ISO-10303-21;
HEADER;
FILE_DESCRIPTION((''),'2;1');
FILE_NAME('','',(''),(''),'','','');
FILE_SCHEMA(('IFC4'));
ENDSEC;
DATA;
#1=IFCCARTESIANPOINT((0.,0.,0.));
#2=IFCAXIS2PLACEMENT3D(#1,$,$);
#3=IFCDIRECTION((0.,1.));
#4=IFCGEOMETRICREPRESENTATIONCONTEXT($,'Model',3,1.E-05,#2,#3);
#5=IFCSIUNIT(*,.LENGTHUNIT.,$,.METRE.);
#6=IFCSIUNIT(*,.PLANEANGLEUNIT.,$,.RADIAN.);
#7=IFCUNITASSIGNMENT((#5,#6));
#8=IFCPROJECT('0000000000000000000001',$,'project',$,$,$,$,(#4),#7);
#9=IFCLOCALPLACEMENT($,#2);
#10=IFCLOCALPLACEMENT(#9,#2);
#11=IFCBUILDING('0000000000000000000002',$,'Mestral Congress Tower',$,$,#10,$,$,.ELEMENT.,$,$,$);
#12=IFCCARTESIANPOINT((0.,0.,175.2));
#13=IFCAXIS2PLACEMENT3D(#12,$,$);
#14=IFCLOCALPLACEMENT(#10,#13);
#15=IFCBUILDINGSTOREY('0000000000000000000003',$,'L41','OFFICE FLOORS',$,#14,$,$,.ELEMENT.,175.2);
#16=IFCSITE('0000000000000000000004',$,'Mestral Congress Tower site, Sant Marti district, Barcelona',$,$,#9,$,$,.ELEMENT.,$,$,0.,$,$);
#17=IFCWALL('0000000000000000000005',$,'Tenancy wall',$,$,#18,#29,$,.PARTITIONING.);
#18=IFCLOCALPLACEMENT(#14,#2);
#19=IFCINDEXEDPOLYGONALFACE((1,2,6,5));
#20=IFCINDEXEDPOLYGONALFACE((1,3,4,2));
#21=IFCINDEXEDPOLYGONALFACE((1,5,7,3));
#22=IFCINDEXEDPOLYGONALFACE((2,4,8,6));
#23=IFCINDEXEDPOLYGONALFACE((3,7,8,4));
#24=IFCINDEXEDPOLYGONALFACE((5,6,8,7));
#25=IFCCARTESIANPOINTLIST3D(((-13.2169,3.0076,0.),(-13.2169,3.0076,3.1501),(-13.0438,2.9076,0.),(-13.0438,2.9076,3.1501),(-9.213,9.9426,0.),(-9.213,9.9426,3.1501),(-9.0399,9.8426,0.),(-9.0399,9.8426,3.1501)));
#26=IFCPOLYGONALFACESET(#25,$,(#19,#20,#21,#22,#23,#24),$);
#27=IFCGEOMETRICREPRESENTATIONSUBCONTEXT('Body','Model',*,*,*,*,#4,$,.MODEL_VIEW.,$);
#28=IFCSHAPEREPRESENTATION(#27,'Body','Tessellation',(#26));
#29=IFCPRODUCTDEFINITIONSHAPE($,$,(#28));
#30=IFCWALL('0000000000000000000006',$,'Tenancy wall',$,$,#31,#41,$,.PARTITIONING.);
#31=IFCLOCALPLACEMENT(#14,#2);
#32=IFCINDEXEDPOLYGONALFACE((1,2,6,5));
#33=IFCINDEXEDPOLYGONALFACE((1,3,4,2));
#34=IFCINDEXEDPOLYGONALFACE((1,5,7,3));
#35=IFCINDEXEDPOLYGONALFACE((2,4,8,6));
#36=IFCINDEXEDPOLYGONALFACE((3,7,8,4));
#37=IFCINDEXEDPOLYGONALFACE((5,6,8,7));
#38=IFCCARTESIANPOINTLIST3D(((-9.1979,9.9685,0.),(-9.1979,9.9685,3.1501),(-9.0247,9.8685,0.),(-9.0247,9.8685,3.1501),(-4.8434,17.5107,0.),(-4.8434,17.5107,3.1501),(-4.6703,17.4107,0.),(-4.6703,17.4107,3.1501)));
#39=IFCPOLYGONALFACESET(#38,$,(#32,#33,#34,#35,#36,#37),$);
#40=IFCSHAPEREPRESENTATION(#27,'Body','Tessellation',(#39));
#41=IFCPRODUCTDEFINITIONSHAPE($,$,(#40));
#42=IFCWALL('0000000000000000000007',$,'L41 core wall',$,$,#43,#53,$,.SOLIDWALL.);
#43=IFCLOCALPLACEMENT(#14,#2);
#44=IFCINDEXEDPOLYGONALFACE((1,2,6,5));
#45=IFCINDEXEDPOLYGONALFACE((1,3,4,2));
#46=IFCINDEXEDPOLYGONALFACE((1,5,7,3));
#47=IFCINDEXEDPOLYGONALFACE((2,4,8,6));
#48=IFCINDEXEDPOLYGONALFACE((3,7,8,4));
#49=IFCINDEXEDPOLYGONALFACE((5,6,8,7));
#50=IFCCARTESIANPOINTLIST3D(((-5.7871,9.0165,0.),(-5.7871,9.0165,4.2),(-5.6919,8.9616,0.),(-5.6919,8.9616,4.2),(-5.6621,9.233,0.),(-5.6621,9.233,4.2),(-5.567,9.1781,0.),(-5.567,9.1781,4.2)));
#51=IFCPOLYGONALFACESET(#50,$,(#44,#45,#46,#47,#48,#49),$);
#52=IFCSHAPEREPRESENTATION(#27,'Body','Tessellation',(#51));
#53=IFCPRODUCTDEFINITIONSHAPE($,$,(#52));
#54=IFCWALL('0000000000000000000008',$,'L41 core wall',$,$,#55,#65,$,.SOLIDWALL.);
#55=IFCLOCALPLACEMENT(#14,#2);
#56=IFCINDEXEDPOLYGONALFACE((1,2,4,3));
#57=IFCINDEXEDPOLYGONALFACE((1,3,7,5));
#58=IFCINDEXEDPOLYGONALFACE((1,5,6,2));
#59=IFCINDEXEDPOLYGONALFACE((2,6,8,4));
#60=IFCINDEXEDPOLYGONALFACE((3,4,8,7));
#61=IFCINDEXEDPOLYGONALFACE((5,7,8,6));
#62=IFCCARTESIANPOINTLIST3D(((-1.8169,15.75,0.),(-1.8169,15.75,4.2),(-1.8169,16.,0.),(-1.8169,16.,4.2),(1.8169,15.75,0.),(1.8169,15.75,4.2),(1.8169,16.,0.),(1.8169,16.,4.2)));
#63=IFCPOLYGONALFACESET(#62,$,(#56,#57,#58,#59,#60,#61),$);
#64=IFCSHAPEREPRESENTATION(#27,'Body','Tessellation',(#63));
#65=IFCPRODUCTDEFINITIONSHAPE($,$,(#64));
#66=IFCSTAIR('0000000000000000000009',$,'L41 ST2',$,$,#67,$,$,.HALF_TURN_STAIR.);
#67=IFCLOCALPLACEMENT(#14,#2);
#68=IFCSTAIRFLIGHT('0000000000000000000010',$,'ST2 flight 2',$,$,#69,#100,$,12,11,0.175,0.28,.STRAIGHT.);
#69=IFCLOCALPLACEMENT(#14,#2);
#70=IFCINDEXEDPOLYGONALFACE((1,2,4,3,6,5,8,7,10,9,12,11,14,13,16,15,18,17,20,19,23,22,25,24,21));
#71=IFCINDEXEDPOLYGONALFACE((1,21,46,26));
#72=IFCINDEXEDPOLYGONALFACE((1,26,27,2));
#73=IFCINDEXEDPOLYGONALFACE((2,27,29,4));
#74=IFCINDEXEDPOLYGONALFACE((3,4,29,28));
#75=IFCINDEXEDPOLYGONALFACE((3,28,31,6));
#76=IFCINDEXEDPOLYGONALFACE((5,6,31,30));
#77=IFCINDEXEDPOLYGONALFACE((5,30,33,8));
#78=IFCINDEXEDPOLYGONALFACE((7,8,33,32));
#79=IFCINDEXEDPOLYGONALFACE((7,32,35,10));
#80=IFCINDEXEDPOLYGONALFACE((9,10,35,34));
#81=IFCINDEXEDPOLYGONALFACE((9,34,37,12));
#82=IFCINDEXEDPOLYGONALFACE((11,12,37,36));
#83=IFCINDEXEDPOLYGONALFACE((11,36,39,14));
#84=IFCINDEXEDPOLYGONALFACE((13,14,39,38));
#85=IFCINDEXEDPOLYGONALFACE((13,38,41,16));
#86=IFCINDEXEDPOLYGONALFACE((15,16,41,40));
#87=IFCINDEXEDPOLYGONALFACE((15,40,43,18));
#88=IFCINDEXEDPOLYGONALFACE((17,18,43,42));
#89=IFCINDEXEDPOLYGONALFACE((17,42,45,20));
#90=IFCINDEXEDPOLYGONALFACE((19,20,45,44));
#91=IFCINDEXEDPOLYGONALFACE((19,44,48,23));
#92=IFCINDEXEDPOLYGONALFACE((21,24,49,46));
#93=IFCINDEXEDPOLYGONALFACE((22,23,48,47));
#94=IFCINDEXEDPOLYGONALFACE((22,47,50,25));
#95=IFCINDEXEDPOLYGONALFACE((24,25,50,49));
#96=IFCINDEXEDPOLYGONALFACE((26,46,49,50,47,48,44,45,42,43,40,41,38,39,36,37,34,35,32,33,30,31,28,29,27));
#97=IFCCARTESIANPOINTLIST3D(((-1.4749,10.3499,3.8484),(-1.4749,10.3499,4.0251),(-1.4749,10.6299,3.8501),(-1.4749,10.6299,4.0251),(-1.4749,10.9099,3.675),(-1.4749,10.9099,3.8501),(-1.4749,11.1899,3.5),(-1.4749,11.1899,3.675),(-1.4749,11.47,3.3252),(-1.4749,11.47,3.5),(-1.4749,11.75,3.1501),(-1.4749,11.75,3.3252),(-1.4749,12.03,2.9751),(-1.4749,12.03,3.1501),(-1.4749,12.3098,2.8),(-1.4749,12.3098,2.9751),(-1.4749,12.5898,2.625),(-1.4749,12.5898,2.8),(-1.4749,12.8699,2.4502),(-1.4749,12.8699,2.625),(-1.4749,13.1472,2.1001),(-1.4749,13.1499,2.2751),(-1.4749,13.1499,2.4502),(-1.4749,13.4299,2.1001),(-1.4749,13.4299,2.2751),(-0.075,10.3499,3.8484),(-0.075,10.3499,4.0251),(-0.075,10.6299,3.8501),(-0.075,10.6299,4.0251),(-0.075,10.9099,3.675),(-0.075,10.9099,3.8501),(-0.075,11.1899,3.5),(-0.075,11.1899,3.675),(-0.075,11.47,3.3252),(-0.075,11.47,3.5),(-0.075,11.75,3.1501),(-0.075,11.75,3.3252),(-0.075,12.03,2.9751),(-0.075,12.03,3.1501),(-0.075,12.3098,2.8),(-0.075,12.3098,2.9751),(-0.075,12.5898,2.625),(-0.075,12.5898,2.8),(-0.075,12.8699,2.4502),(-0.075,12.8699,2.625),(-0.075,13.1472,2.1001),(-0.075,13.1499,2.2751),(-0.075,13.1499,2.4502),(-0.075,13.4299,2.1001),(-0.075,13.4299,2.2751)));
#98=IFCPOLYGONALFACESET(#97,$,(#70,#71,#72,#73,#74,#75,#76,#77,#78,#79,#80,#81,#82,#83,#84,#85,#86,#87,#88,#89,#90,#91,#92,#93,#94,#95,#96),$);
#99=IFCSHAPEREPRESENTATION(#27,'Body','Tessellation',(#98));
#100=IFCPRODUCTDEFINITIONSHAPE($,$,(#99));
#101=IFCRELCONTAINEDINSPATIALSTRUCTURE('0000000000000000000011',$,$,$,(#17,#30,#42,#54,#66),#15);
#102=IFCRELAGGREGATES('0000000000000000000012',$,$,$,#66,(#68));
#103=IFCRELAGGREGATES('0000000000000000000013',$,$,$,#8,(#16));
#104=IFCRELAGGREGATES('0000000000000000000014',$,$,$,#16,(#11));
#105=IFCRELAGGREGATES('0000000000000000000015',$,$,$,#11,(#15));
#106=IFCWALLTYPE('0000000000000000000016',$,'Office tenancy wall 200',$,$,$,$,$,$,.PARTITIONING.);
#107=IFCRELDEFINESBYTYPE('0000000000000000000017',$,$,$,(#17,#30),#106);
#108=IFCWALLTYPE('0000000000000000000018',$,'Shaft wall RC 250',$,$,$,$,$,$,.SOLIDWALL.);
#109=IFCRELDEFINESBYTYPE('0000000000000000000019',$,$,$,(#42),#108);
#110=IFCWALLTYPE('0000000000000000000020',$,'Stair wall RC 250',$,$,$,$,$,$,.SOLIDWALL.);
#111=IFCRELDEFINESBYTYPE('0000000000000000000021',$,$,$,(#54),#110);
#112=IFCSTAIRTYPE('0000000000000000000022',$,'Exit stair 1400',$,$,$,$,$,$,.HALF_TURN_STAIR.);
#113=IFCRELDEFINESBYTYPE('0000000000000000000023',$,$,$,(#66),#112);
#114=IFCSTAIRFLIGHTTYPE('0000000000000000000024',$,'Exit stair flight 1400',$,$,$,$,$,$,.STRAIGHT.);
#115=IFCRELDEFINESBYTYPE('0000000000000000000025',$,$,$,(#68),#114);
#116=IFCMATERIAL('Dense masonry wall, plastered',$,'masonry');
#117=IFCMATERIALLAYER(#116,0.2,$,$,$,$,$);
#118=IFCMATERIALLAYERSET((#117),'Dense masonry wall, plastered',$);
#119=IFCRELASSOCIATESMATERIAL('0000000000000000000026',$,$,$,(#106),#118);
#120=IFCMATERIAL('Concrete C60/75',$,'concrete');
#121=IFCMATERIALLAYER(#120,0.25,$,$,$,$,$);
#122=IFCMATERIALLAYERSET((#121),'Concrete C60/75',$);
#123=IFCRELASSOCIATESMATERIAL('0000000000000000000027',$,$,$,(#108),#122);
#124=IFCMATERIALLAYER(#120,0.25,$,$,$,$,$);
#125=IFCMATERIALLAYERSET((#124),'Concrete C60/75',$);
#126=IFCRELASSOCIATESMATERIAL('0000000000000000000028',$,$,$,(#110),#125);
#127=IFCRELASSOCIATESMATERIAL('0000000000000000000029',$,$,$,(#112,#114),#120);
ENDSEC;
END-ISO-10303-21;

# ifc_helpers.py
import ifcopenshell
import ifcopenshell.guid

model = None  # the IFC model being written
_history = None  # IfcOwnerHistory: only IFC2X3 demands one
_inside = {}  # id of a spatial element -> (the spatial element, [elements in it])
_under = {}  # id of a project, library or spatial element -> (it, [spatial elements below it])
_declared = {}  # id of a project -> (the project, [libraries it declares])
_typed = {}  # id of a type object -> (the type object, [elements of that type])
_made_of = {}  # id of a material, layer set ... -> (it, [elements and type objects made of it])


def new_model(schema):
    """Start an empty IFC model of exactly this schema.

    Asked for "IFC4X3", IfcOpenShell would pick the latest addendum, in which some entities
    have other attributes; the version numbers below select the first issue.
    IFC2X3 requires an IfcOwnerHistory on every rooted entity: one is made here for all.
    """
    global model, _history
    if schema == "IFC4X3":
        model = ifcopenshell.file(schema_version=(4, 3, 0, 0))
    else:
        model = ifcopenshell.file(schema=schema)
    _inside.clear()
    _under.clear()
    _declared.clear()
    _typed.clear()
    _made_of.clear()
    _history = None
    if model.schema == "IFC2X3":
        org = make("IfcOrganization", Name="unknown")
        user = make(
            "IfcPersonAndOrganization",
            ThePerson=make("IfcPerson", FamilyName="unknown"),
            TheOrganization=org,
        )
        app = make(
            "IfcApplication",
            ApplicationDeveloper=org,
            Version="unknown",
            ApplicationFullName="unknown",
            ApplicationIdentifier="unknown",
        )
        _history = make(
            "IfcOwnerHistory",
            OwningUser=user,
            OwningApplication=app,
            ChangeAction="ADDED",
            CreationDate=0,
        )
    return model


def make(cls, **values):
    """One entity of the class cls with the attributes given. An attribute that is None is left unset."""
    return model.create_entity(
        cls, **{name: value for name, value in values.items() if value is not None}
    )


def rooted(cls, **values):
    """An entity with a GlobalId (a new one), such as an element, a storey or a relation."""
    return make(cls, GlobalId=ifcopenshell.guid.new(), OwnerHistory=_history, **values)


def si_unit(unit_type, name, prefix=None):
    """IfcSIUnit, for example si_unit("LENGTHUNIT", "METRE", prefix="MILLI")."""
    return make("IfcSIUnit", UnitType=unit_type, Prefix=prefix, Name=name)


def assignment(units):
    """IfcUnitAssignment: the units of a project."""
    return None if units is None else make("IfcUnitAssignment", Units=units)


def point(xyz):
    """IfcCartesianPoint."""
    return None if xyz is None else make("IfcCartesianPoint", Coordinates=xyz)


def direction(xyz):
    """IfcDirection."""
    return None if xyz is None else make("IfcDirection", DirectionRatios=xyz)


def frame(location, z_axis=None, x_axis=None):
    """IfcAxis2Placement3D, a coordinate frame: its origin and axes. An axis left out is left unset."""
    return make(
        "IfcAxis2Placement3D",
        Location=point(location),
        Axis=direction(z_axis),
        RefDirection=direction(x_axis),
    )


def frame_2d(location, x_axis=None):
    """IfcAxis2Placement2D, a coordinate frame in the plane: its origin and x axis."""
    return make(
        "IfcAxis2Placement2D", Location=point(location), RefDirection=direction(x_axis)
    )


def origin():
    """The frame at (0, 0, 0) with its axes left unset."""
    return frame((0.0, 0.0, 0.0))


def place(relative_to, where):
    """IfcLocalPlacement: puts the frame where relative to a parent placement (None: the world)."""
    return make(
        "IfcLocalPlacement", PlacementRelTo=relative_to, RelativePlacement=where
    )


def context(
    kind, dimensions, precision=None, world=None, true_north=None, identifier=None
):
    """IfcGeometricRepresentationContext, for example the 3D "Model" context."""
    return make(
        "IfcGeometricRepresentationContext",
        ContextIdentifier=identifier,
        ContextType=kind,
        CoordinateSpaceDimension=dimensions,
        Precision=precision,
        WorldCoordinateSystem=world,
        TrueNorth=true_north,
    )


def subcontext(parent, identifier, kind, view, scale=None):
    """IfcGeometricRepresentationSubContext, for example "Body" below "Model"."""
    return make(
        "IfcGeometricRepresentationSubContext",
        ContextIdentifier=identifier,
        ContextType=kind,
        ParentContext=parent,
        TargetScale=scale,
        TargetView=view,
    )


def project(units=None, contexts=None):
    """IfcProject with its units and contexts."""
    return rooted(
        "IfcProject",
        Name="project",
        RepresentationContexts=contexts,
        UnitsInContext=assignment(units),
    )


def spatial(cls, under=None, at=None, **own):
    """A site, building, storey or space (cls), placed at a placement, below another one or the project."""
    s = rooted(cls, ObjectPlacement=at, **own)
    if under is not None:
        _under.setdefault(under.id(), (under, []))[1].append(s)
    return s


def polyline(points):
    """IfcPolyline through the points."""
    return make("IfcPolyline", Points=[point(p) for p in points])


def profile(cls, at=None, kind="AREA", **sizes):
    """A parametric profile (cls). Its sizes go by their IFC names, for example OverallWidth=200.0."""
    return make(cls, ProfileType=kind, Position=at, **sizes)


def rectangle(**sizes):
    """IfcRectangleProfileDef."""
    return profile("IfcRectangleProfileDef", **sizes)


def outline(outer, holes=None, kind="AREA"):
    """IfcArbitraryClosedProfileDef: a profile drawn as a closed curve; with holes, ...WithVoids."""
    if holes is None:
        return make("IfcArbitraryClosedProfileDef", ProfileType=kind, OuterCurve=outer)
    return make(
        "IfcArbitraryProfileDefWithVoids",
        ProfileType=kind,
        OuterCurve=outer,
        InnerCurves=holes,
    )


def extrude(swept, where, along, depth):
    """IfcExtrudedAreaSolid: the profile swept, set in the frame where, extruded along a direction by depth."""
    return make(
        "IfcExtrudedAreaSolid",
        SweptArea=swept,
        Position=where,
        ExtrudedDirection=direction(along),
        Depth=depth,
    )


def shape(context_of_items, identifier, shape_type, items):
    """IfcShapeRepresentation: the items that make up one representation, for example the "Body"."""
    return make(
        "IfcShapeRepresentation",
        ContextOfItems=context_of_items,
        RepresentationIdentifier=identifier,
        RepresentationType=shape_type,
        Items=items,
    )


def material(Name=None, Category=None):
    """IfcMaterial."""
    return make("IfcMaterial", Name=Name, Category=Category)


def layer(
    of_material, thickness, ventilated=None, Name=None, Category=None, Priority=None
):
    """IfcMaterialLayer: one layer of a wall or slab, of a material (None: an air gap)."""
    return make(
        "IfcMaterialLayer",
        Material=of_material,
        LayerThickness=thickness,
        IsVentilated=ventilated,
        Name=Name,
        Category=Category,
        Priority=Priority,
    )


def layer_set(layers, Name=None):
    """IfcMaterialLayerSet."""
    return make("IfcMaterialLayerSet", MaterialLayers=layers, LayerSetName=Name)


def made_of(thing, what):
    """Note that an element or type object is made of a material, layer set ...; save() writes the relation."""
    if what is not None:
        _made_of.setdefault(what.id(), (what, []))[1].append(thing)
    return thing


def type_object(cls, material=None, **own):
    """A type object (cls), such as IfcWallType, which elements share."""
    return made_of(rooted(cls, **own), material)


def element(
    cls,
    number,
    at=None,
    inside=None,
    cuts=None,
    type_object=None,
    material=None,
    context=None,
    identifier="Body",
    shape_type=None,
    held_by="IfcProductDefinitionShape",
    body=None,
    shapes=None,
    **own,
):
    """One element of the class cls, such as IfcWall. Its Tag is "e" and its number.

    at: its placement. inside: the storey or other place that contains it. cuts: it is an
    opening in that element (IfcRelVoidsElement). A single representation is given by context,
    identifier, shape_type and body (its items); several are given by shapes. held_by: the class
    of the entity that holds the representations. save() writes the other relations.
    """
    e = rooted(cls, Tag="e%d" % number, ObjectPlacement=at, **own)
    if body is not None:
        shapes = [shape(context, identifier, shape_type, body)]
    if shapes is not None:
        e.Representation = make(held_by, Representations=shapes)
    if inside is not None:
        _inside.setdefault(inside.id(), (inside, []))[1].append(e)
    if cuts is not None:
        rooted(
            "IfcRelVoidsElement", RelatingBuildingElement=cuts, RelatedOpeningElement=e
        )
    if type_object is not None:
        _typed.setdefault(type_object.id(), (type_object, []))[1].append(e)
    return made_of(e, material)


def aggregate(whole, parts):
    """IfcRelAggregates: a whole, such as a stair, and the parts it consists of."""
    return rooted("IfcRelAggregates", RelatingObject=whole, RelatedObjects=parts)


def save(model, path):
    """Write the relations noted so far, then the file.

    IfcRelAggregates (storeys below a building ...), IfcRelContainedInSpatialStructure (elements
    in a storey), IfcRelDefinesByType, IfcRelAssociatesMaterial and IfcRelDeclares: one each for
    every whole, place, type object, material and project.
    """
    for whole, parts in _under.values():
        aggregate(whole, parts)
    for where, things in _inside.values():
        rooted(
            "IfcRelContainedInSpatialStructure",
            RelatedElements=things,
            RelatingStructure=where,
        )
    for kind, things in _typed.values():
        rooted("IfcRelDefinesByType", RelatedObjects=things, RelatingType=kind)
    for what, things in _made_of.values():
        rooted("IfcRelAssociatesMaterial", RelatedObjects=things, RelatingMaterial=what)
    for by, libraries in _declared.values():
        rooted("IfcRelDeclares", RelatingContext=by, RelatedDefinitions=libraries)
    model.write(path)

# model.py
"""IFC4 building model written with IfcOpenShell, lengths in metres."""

from ifc_helpers import new_model, si_unit, direction, frame, frame_2d, origin, place, context, subcontext, project, spatial, polyline, rectangle, outline, extrude, material, layer, layer_set, type_object, element, aggregate, save


model = new_model("IFC4")

# Units and contexts
model_context = context("Model", 3, precision=1e-05, world=origin(), true_north=direction((0.0, 1.0)))
body_context = subcontext(model_context, "Body", "Model", "MODEL_VIEW")
ifc_project = project(units=[si_unit("LENGTHUNIT", "METRE"), si_unit("PLANEANGLEUNIT", "RADIAN")], contexts=[model_context])

# Site, building, storey
site_placement = place(None, origin())
site = spatial("IfcSite", under=ifc_project, at=site_placement, Name="Mestral Congress Tower site, Sant Marti district, Barcelona", CompositionType="ELEMENT", RefElevation=0.0)
building_placement = place(site_placement, origin())
building = spatial("IfcBuilding", under=site, at=building_placement, Name="Mestral Congress Tower", CompositionType="ELEMENT")
storey_placement = place(building_placement, frame((0.0, 0.0, 175.2)))
storey = spatial("IfcBuildingStorey", under=building, at=storey_placement, Name="L41", Description="OFFICE FLOORS", CompositionType="ELEMENT", Elevation=175.2)

# Shared definitions
ifc_material_1 = material(Name="Concrete C60/75", Category="concrete")

# Walls
ifc_material_2 = material(Name="Dense masonry wall, plastered", Category="masonry")
ifc_layer_1 = layer(ifc_material_2, 0.2)
ifc_layer_set_1 = layer_set([ifc_layer_1], Name="Dense masonry wall, plastered")
wall_type_1 = type_object("IfcWallType", Name="Office tenancy wall 200", PredefinedType="PARTITIONING", material=ifc_layer_set_1)
wall_1_placement = place(storey_placement, frame((-9.1265, 9.8926, 0.0), z_axis=(0.0, 0.0, 1.0), x_axis=(-0.499995, -0.866028, 0.0)))
element("IfcWall", 1, at=wall_1_placement, inside=storey, type_object=wall_type_1, Name="Tenancy wall", PredefinedType="PARTITIONING", context=body_context, shape_type="SweptSolid", body=[
    extrude(rectangle(XDim=8.0078, YDim=0.2, at=frame_2d((4.0039, 0.0))), origin(), (0.0, 0.0, 1.0), 3.1501),
])
wall_2_placement = place(storey_placement, frame((-4.7568, 17.4607, 0.0), z_axis=(0.0, 0.0, 1.0), x_axis=(-0.499998, -0.866026, 0.0)))
element("IfcWall", 2, at=wall_2_placement, inside=storey, type_object=wall_type_1, Name="Tenancy wall", PredefinedType="PARTITIONING", context=body_context, shape_type="SweptSolid", body=[
    extrude(rectangle(XDim=8.709, YDim=0.2, at=frame_2d((4.3545, 0.0))), origin(), (0.0, 0.0, 1.0), 3.1501),
])
ifc_layer_2 = layer(ifc_material_1, 0.25)
ifc_layer_set_2 = layer_set([ifc_layer_2], Name="Concrete C60/75")
wall_type_2 = type_object("IfcWallType", Name="Shaft wall RC 250", PredefinedType="SOLIDWALL", material=ifc_layer_set_2)
wall_3_placement = place(storey_placement, frame((-5.7246, 9.1248, 0.0), z_axis=(0.0, 0.0, 1.0), x_axis=(0.866186, -0.499722, 0.0)))
element("IfcWall", 3, at=wall_3_placement, inside=storey, type_object=wall_type_2, Name="L41 core wall", PredefinedType="SOLIDWALL", context=body_context, shape_type="SweptSolid", body=[
    extrude(rectangle(XDim=0.1099, YDim=0.25, at=frame_2d((0.0549, 0.0))), origin(), (0.0, 0.0, 1.0), 4.2),
])
ifc_layer_3 = layer(ifc_material_1, 0.25)
ifc_layer_set_3 = layer_set([ifc_layer_3], Name="Concrete C60/75")
wall_type_3 = type_object("IfcWallType", Name="Stair wall RC 250", PredefinedType="SOLIDWALL", material=ifc_layer_set_3)
wall_4_placement = place(storey_placement, frame((-1.8169, 15.875, 0.0), z_axis=(0.0, 0.0, 1.0), x_axis=(1.0, 0.0, 0.0)))
element("IfcWall", 4, at=wall_4_placement, inside=storey, type_object=wall_type_3, Name="L41 core wall", PredefinedType="SOLIDWALL", context=body_context, shape_type="SweptSolid", body=[
    extrude(rectangle(XDim=3.6338, YDim=0.25, at=frame_2d((1.8169, 0.0))), origin(), (0.0, 0.0, 1.0), 4.2),
])

# Stair, stair flight
stair_type = type_object("IfcStairType", Name="Exit stair 1400", PredefinedType="HALF_TURN_STAIR", material=ifc_material_1)
stair_placement = place(storey_placement, origin())
stair = element("IfcStair", 5, at=stair_placement, inside=storey, type_object=stair_type, Name="L41 ST2", PredefinedType="HALF_TURN_STAIR")
stair_flight_type = type_object("IfcStairFlightType", Name="Exit stair flight 1400", PredefinedType="STRAIGHT", material=ifc_material_1)
stair_flight_placement = place(storey_placement, frame((-0.7749, 13.4299, 2.1001), z_axis=(0.0, 0.0, 1.0), x_axis=(0.0, -1.0, 0.0)))
stair_flight = element("IfcStairFlight", 6, at=stair_flight_placement, type_object=stair_flight_type, Name="ST2 flight 2", NumberOfRisers=12, NumberOfTreads=11, PredefinedType="STRAIGHT", RiserHeight=0.175, TreadLength=0.28, context=body_context, shape_type="SweptSolid", body=[
    extrude(outline(polyline([(0.0, 0.0), (0.0, 0.175), (0.28, 0.175), (0.28, 0.3501), (0.5601, 0.3501), (0.5601, 0.5249), (0.8401, 0.5249), (0.8401, 0.7), (1.1201, 0.7), (1.1201, 0.875), (1.3999, 0.875), (1.3999, 1.05), (1.6799, 1.05), (1.6799, 1.2251), (1.96, 1.2251), (1.96, 1.3999), (2.24, 1.3999), (2.24, 1.575), (2.52, 1.575), (2.52, 1.75), (2.8, 1.75), (2.8, 1.925), (3.0801, 1.925), (3.0801, 2.1001), (3.0801, 1.7483), (0.2827, 0.0), (0.0, 0.0)])), frame((0.0, 0.7, 0.0), z_axis=(0.0, -1.0, 0.0), x_axis=(1.0, 0.0, 0.0)), (0.0, 0.0, 1.0), 1.3999),
])
aggregate(stair, [stair_flight])

save(model, "model.ifc")
